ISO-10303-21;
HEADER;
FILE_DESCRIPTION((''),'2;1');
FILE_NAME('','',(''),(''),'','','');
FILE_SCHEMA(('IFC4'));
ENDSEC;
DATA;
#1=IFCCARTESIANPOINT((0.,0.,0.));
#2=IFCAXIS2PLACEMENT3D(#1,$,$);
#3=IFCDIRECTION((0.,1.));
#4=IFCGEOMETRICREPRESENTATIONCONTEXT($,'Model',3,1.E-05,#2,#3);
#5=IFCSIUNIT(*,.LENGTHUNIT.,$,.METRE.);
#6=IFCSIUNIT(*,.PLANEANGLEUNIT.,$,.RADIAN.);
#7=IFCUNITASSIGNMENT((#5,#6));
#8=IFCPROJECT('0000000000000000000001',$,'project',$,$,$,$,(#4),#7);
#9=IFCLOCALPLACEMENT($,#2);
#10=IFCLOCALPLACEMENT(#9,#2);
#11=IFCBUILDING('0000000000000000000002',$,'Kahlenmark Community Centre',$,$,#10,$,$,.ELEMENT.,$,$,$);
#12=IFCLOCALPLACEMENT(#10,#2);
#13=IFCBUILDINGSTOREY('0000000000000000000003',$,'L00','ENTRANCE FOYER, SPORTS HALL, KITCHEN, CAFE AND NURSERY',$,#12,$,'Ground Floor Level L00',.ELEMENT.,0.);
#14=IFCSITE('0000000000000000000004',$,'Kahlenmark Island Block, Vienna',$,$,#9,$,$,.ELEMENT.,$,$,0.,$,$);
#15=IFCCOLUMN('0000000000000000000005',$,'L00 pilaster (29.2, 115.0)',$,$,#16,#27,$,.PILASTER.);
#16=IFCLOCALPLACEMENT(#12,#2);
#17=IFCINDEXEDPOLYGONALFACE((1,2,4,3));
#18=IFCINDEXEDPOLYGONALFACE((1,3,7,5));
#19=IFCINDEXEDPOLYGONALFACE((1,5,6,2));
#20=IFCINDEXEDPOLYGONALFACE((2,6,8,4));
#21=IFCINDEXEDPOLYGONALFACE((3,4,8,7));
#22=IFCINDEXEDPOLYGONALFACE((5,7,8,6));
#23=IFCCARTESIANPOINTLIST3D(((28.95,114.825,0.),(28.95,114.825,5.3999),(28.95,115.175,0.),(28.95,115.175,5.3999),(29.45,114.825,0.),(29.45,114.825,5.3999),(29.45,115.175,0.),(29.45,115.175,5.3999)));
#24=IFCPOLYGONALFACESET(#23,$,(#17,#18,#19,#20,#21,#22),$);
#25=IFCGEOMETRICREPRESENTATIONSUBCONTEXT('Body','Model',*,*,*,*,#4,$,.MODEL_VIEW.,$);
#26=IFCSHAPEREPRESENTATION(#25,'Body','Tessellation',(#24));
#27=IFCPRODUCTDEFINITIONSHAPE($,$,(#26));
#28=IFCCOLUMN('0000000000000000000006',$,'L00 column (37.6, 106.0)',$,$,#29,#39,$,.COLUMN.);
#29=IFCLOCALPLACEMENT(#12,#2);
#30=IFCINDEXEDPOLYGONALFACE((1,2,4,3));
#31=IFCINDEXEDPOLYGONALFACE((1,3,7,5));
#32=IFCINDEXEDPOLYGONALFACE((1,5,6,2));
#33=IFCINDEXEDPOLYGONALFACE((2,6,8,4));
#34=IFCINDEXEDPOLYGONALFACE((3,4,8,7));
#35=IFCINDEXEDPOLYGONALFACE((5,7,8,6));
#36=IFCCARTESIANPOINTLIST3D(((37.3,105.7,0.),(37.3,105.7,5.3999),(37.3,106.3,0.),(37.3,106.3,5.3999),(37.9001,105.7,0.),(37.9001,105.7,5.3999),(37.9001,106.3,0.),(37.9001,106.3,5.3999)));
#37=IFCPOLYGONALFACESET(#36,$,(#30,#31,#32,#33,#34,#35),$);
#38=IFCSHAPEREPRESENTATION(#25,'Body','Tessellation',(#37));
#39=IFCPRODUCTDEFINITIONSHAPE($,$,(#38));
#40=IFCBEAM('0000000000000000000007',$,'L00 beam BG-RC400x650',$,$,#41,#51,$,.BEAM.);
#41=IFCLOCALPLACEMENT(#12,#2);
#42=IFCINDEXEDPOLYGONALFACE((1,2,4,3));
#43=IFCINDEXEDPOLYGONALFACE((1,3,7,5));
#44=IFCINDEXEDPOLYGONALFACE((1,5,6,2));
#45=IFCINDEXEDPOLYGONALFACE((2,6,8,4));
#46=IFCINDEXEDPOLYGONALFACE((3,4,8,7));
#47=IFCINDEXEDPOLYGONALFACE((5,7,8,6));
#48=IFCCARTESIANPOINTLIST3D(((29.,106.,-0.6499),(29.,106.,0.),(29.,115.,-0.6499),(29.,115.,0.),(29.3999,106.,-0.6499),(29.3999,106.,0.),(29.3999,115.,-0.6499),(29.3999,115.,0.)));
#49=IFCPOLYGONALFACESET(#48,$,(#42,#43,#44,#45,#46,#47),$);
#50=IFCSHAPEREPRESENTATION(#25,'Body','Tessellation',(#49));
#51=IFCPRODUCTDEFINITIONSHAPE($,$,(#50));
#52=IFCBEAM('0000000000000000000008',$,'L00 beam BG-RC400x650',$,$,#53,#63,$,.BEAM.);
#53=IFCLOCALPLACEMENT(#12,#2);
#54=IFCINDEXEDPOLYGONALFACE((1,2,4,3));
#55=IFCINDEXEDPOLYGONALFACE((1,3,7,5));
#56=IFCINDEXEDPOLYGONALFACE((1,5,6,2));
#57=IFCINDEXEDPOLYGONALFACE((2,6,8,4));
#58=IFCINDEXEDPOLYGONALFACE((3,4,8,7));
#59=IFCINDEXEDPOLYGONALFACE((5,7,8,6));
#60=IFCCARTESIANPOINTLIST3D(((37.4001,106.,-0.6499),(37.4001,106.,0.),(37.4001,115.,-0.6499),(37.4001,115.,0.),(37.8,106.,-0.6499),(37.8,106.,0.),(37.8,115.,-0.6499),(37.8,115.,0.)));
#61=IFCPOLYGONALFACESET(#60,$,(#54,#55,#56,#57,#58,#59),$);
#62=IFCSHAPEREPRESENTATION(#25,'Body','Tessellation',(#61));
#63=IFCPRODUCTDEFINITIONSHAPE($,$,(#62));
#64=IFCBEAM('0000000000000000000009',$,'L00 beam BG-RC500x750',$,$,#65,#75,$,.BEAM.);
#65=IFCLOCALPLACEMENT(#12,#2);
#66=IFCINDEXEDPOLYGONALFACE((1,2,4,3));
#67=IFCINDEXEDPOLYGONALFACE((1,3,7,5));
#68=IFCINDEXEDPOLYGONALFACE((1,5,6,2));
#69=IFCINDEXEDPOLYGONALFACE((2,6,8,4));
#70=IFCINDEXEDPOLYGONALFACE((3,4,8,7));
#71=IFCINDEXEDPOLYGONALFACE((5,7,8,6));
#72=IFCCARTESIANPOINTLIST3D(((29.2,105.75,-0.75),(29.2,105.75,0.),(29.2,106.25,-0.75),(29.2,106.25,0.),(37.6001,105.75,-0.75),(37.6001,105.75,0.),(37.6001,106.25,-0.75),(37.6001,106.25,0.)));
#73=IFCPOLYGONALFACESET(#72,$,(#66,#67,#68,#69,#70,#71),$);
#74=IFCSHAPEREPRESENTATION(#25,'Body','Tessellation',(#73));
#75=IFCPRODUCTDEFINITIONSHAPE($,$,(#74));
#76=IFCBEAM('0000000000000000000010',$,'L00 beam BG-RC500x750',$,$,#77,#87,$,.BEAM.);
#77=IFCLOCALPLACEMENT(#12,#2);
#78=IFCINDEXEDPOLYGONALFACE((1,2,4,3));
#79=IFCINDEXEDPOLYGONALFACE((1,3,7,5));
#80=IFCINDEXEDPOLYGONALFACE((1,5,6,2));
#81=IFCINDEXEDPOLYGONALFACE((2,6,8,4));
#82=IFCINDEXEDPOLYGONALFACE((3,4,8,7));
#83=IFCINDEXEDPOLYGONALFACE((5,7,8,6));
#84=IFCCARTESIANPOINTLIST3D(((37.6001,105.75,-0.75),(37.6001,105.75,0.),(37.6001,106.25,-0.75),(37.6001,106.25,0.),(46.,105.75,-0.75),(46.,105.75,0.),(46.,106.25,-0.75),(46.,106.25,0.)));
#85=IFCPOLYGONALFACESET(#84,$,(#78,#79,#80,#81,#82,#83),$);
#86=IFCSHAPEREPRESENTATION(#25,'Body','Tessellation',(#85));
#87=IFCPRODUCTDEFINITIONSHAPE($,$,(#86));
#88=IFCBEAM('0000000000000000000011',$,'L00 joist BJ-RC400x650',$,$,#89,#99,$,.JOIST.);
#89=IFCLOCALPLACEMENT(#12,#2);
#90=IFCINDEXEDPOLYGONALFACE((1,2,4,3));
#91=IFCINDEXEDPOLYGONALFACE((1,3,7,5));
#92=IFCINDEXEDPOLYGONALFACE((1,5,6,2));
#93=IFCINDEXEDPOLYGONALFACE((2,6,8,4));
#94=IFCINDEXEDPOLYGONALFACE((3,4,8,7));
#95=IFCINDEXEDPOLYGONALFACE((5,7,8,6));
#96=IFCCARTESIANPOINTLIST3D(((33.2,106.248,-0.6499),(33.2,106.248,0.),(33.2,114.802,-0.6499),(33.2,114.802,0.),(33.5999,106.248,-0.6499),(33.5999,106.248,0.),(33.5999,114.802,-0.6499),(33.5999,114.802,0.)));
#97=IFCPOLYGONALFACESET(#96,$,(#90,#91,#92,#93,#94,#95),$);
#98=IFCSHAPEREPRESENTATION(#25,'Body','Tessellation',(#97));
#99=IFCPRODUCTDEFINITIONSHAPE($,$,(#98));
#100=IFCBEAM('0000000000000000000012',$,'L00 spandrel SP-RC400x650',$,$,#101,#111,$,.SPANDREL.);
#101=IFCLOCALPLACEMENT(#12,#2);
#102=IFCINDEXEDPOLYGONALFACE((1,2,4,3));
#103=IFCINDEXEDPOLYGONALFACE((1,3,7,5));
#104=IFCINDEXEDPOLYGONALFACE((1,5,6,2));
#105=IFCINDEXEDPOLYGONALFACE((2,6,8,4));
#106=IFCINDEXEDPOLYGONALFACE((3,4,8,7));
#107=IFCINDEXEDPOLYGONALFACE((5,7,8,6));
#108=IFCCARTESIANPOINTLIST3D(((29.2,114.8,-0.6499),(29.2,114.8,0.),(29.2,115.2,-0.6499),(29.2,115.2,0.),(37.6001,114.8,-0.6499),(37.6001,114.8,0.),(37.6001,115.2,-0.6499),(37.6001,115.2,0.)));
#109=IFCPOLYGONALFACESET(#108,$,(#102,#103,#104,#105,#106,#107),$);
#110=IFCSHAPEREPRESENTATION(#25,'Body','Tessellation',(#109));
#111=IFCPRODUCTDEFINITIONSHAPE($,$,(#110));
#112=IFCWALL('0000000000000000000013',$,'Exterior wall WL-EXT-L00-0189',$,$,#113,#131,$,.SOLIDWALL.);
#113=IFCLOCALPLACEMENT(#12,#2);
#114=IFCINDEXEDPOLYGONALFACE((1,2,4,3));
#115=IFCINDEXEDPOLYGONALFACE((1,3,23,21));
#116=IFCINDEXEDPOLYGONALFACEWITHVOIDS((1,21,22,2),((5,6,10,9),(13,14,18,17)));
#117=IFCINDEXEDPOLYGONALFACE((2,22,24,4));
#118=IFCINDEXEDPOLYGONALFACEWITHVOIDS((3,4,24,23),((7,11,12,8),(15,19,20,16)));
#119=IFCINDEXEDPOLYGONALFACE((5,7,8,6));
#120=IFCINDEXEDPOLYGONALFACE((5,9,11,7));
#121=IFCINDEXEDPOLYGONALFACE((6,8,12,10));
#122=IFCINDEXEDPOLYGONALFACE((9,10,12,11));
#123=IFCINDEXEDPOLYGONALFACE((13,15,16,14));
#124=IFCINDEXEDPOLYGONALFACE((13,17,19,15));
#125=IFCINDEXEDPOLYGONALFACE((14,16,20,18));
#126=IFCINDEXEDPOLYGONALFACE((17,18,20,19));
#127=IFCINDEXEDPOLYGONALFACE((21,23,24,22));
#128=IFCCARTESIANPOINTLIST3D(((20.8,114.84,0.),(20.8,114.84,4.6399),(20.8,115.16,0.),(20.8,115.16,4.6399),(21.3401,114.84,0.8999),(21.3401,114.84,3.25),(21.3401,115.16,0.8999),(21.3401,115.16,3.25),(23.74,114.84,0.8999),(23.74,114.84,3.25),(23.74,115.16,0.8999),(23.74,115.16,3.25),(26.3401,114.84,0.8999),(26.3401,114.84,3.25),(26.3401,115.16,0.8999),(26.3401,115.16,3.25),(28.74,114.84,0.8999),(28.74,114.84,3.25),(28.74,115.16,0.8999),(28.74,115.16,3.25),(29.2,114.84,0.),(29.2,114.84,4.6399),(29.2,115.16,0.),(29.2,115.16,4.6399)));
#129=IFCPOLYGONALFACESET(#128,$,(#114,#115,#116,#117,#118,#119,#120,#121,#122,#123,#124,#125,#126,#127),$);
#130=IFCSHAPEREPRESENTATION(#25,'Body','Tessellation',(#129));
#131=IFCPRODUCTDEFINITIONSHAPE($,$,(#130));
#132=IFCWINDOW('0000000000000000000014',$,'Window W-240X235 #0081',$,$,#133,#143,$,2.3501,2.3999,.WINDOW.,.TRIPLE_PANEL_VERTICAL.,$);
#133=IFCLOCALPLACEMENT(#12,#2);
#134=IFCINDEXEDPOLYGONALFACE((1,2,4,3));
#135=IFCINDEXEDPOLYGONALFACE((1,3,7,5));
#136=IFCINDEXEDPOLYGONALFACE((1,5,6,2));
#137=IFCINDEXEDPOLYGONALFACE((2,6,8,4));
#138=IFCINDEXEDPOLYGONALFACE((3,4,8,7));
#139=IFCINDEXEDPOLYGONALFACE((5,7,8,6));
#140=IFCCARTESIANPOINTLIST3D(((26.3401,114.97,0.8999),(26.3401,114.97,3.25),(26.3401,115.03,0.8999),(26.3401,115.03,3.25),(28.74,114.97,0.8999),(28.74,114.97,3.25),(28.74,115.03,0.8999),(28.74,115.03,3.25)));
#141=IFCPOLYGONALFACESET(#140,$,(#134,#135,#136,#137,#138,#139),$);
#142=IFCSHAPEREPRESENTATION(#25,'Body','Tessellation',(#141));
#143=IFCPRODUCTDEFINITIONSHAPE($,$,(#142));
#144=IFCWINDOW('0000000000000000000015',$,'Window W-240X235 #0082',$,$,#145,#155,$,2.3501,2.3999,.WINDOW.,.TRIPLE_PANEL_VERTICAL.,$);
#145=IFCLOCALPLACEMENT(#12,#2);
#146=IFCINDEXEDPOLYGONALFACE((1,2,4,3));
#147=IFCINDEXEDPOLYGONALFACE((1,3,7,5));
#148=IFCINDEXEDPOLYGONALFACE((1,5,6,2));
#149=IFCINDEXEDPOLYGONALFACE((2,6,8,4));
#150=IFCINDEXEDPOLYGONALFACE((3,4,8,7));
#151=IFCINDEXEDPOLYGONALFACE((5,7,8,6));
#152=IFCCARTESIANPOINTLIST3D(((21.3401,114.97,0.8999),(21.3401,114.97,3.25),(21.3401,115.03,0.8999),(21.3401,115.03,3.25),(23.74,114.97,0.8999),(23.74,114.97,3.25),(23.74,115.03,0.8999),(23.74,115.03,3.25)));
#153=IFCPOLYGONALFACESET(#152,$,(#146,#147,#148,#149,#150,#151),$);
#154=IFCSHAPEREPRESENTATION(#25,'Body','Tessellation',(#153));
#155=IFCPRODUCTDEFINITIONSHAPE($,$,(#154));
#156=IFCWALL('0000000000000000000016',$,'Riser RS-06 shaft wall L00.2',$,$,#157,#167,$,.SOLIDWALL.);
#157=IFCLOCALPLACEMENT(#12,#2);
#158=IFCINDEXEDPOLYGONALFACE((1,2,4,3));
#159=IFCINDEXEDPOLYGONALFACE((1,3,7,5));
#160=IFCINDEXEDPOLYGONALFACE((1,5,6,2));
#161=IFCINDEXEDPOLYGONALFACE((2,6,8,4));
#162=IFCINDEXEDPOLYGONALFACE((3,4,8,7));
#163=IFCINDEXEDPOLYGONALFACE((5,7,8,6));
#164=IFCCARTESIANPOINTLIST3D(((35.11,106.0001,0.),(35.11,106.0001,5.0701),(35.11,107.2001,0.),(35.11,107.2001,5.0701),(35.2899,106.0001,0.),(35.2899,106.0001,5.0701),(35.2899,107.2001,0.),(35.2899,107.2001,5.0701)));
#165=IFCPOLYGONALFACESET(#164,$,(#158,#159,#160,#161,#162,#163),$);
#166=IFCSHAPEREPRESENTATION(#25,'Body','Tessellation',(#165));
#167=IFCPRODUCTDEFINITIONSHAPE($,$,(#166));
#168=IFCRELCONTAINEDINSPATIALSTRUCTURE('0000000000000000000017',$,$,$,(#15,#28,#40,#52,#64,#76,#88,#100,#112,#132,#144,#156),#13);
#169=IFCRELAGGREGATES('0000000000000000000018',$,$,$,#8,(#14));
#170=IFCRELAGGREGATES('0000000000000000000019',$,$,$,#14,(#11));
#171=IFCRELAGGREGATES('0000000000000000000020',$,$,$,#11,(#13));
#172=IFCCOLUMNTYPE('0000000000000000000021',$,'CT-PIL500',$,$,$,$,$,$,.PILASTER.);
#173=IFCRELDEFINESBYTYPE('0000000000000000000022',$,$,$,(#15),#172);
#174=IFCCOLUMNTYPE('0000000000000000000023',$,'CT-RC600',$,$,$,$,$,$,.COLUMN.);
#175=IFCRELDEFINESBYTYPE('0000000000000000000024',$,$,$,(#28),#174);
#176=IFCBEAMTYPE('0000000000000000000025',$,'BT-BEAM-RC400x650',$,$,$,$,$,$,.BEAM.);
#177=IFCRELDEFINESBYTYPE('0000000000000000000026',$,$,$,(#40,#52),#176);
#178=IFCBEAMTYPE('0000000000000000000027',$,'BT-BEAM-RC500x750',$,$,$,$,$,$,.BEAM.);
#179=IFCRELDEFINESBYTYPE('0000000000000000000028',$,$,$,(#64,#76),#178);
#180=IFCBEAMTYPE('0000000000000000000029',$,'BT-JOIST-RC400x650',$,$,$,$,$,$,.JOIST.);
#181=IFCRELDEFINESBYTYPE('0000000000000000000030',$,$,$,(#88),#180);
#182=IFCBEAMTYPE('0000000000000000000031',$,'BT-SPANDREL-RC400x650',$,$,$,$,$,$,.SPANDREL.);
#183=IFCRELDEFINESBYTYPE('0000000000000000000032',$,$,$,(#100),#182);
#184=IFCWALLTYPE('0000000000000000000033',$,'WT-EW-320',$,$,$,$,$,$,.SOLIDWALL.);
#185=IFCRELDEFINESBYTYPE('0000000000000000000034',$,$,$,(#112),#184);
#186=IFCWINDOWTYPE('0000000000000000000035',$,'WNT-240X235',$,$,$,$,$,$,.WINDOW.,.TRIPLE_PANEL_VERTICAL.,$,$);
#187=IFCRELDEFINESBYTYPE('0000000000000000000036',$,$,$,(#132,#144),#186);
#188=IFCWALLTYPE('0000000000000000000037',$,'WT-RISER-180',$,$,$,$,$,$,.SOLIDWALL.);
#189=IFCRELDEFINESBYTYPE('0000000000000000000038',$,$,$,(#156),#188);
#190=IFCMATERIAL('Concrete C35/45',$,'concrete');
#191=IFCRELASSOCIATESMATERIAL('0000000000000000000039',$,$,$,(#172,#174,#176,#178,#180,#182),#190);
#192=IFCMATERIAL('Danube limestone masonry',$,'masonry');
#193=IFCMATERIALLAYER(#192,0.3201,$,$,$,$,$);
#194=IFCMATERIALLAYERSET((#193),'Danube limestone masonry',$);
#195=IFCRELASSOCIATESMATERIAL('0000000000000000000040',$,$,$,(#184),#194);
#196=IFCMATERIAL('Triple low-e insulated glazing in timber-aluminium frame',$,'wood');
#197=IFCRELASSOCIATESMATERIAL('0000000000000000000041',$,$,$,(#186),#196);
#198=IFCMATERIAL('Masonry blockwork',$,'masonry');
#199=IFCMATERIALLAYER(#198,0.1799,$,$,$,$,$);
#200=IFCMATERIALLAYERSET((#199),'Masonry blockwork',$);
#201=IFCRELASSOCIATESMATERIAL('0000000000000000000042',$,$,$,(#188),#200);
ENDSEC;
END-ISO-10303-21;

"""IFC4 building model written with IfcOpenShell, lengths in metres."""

from ifc_helpers import new_model, si_unit, direction, frame, frame_2d, origin, origin_2d, place, context, subcontext, project, spatial, rectangle, extrude, material, layer, layer_set, material_profile, profile_set, type_object, element, fill, save


model = new_model("IFC4")

# Units and contexts
model_context = context("Model", 3, precision=1e-05, world=origin(), true_north=direction((0.0, 1.0)))
body_context = subcontext(model_context, "Body", "Model", "MODEL_VIEW")
ifc_project = project(units=[si_unit("LENGTHUNIT", "METRE"), si_unit("PLANEANGLEUNIT", "RADIAN")], contexts=[model_context])

# Site, building, storey
site_placement = place(None, origin())
site = spatial("IfcSite", under=ifc_project, at=site_placement, Name="Kahlenmark Island Block, Vienna", CompositionType="ELEMENT", RefElevation=0.0)
building_placement = place(site_placement, origin())
building = spatial("IfcBuilding", under=site, at=building_placement, Name="Kahlenmark Community Centre", CompositionType="ELEMENT")
storey_placement = place(building_placement, origin())
storey = spatial("IfcBuildingStorey", under=building, at=storey_placement, Name="L00", Description="ENTRANCE FOYER, SPORTS HALL, KITCHEN, CAFE AND NURSERY", LongName="Ground Floor Level L00", CompositionType="ELEMENT", Elevation=0.0)

# Columns
ifc_material_1 = material(Name="Concrete C35/45", Category="concrete")
ifc_material_profile_1 = material_profile(ifc_material_1, rectangle(XDim=0.5, YDim=0.3501, at=origin_2d()), Name="RC 500x350")
ifc_profile_set_1 = profile_set([ifc_material_profile_1], Name="Concrete C35/45")
column_type_1 = type_object("IfcColumnType", Name="CT-PIL500", PredefinedType="PILASTER", material=ifc_profile_set_1)
column_1_placement = place(storey_placement, frame((29.2, 115.0, 0.0), z_axis=(0.0, 0.0, 1.0), x_axis=(1.0, 0.0, 0.0)))
element("IfcColumn", 1, at=column_1_placement, inside=storey, type_object=column_type_1, Name="L00 pilaster (29.2, 115.0)", PredefinedType="PILASTER", context=body_context, shape_type="SweptSolid", body=[
    extrude(rectangle(XDim=0.5, YDim=0.3501, at=origin_2d()), origin(), (0.0, 0.0, 1.0), 5.3999),
])
ifc_material_profile_2 = material_profile(ifc_material_1, rectangle(XDim=0.6001, YDim=0.6001, at=origin_2d()), Name="RC 600x600")
ifc_profile_set_2 = profile_set([ifc_material_profile_2], Name="Concrete C35/45")
column_type_2 = type_object("IfcColumnType", Name="CT-RC600", PredefinedType="COLUMN", material=ifc_profile_set_2)
column_2_placement = place(storey_placement, frame((37.6001, 106.0, 0.0), z_axis=(0.0, 0.0, 1.0), x_axis=(1.0, 0.0, 0.0)))
element("IfcColumn", 2, at=column_2_placement, inside=storey, type_object=column_type_2, Name="L00 column (37.6, 106.0)", PredefinedType="COLUMN", context=body_context, shape_type="SweptSolid", body=[
    extrude(rectangle(XDim=0.6001, YDim=0.6001, at=origin_2d()), origin(), (0.0, 0.0, 1.0), 5.3999),
])

# Beams
ifc_material_profile_3 = material_profile(ifc_material_1, rectangle(XDim=0.3999, YDim=0.6499, at=origin_2d()), Name="RC 400x650")
ifc_profile_set_3 = profile_set([ifc_material_profile_3], Name="Concrete C35/45")
beam_type_1 = type_object("IfcBeamType", Name="BT-BEAM-RC400x650", PredefinedType="BEAM", material=ifc_profile_set_3)
for number, where, z_axis, x_axis, name in (
    (3, (29.2, 106.0, -0.325), (0.0, 1.0, 0.0), (-1.0, 0.0, 0.0), "L00 beam BG-RC400x650"),
    (4, (37.6001, 106.0, -0.325), (0.0, 1.0, 0.0), (-1.0, 0.0, 0.0), "L00 beam BG-RC400x650"),
):
    element("IfcBeam", number, at=place(storey_placement, frame(where, z_axis=z_axis, x_axis=x_axis)), inside=storey, type_object=beam_type_1, Name=name, PredefinedType="BEAM", context=body_context, shape_type="SweptSolid", body=[
        extrude(rectangle(XDim=0.3999, YDim=0.6499, at=origin_2d()), origin(), (0.0, 0.0, 1.0), 9.0),
    ])
ifc_material_profile_4 = material_profile(ifc_material_1, rectangle(XDim=0.5, YDim=0.75, at=origin_2d()), Name="RC 500x750")
ifc_profile_set_4 = profile_set([ifc_material_profile_4], Name="Concrete C35/45")
beam_type_2 = type_object("IfcBeamType", Name="BT-BEAM-RC500x750", PredefinedType="BEAM", material=ifc_profile_set_4)
beam_1_placement = place(storey_placement, frame((29.2, 106.0, -0.375), z_axis=(1.0, 0.0, 0.0), x_axis=(0.0, 1.0, 0.0)))
element("IfcBeam", 5, at=beam_1_placement, inside=storey, type_object=beam_type_2, Name="L00 beam BG-RC500x750", PredefinedType="BEAM", context=body_context, shape_type="SweptSolid", body=[
    extrude(rectangle(XDim=0.5, YDim=0.75, at=origin_2d()), origin(), (0.0, 0.0, 1.0), 8.4001),
])
beam_2_placement = place(storey_placement, frame((37.6001, 106.0, -0.375), z_axis=(1.0, 0.0, 0.0), x_axis=(0.0, 1.0, 0.0)))
element("IfcBeam", 6, at=beam_2_placement, inside=storey, type_object=beam_type_2, Name="L00 beam BG-RC500x750", PredefinedType="BEAM", context=body_context, shape_type="SweptSolid", body=[
    extrude(rectangle(XDim=0.5, YDim=0.75, at=origin_2d()), origin(), (0.0, 0.0, 1.0), 8.3999),
])
ifc_material_profile_5 = material_profile(ifc_material_1, rectangle(XDim=0.3999, YDim=0.6499, at=origin_2d()), Name="RC 400x650")
ifc_profile_set_5 = profile_set([ifc_material_profile_5], Name="Concrete C35/45")
beam_type_3 = type_object("IfcBeamType", Name="BT-JOIST-RC400x650", PredefinedType="JOIST", material=ifc_profile_set_5)
beam_3_placement = place(storey_placement, frame((33.3999, 106.248, -0.325), z_axis=(0.0, 1.0, 0.0), x_axis=(-1.0, 0.0, 0.0)))
element("IfcBeam", 7, at=beam_3_placement, inside=storey, type_object=beam_type_3, Name="L00 joist BJ-RC400x650", PredefinedType="JOIST", context=body_context, shape_type="SweptSolid", body=[
    extrude(rectangle(XDim=0.3999, YDim=0.6499, at=origin_2d()), origin(), (0.0, 0.0, 1.0), 8.554),
])
ifc_material_profile_6 = material_profile(ifc_material_1, rectangle(XDim=0.3999, YDim=0.6499, at=origin_2d()), Name="RC 400x650")
ifc_profile_set_6 = profile_set([ifc_material_profile_6], Name="Concrete C35/45")
beam_type_4 = type_object("IfcBeamType", Name="BT-SPANDREL-RC400x650", PredefinedType="SPANDREL", material=ifc_profile_set_6)
beam_4_placement = place(storey_placement, frame((29.2, 115.0, -0.325), z_axis=(1.0, 0.0, 0.0), x_axis=(0.0, 1.0, 0.0)))
element("IfcBeam", 8, at=beam_4_placement, inside=storey, type_object=beam_type_4, Name="L00 spandrel SP-RC400x650", PredefinedType="SPANDREL", context=body_context, shape_type="SweptSolid", body=[
    extrude(rectangle(XDim=0.3999, YDim=0.6499, at=origin_2d()), origin(), (0.0, 0.0, 1.0), 8.4001),
])

# Wall, openings, windows
ifc_material_2 = material(Name="Danube limestone masonry", Category="masonry")
ifc_layer_1 = layer(ifc_material_2, 0.3201)
ifc_layer_set_1 = layer_set([ifc_layer_1], Name="Danube limestone masonry")
wall_type_1 = type_object("IfcWallType", Name="WT-EW-320", PredefinedType="SOLIDWALL", material=ifc_layer_set_1)
wall_1_placement = place(storey_placement, frame((29.2, 115.0, 0.0), z_axis=(0.0, 0.0, 1.0), x_axis=(-1.0, 0.0, 0.0)))
wall_1 = element("IfcWall", 9, at=wall_1_placement, inside=storey, type_object=wall_type_1, Name="Exterior wall WL-EXT-L00-0189", PredefinedType="SOLIDWALL", context=body_context, shape_type="SweptSolid", body=[
    extrude(rectangle(XDim=8.3999, YDim=0.3201, at=frame_2d((4.2, 0.0))), origin(), (0.0, 0.0, 1.0), 4.6399),
])
opening_1_placement = place(wall_1_placement, frame((0.46, 0.0, 0.8999)))
opening_1 = element("IfcOpeningElement", 10, at=opening_1_placement, cuts=wall_1, PredefinedType="OPENING", context=body_context, shape_type="SweptSolid", body=[
    extrude(rectangle(XDim=2.3999, YDim=2.3501, at=frame_2d((1.2, 1.175))), frame((0.0, 0.1699, 0.0), z_axis=(0.0, -1.0, 0.0), x_axis=(1.0, 0.0, 0.0)), (0.0, 0.0, 1.0), 0.3401),
])
opening_2_placement = place(wall_1_placement, frame((5.46, 0.0, 0.8999)))
opening_2 = element("IfcOpeningElement", 11, at=opening_2_placement, cuts=wall_1, PredefinedType="OPENING", context=body_context, shape_type="SweptSolid", body=[
    extrude(rectangle(XDim=2.3999, YDim=2.3501, at=frame_2d((1.2, 1.175))), frame((0.0, 0.1699, 0.0), z_axis=(0.0, -1.0, 0.0), x_axis=(1.0, 0.0, 0.0)), (0.0, 0.0, 1.0), 0.3401),
])
ifc_material_3 = material(Name="Triple low-e insulated glazing in timber-aluminium frame", Category="wood")
window_type = type_object("IfcWindowType", Name="WNT-240X235", PartitioningType="TRIPLE_PANEL_VERTICAL", PredefinedType="WINDOW", material=ifc_material_3)
window_1_placement = place(opening_1_placement, origin())
window_1 = element("IfcWindow", 12, at=window_1_placement, inside=storey, type_object=window_type, Name="Window W-240X235 #0081", OverallHeight=2.3501, OverallWidth=2.3999, PartitioningType="TRIPLE_PANEL_VERTICAL", PredefinedType="WINDOW", context=body_context, shape_type="SweptSolid", body=[
    extrude(rectangle(XDim=2.3999, YDim=2.3501, at=frame_2d((1.2, 1.175))), frame((0.0, 0.03, 0.0), z_axis=(0.0, -1.0, 0.0), x_axis=(1.0, 0.0, 0.0)), (0.0, 0.0, 1.0), 0.0601),
])
fill(opening_1, window_1)
window_2_placement = place(opening_2_placement, origin())
window_2 = element("IfcWindow", 13, at=window_2_placement, inside=storey, type_object=window_type, Name="Window W-240X235 #0082", OverallHeight=2.3501, OverallWidth=2.3999, PartitioningType="TRIPLE_PANEL_VERTICAL", PredefinedType="WINDOW", context=body_context, shape_type="SweptSolid", body=[
    extrude(rectangle(XDim=2.3999, YDim=2.3501, at=frame_2d((1.2, 1.175))), frame((0.0, 0.03, 0.0), z_axis=(0.0, -1.0, 0.0), x_axis=(1.0, 0.0, 0.0)), (0.0, 0.0, 1.0), 0.0601),
])
fill(opening_2, window_2)

# Shared definitions
ifc_material_4 = material(Name="Masonry blockwork", Category="masonry")
ifc_layer_2 = layer(ifc_material_4, 0.1799)
ifc_layer_set_2 = layer_set([ifc_layer_2], Name="Masonry blockwork")
wall_type_2 = type_object("IfcWallType", Name="WT-RISER-180", PredefinedType="SOLIDWALL", material=ifc_layer_set_2)

# Wall
for number, where, z_axis, x_axis, name in (
    (14, (35.2, 106.0, 0.0), (0.0, 0.0, 1.0), (0.0, 1.0, 0.0), "Riser RS-06 shaft wall L00.2"),
):
    element("IfcWall", number, at=place(storey_placement, frame(where, z_axis=z_axis, x_axis=x_axis)), inside=storey, type_object=wall_type_2, Name=name, PredefinedType="SOLIDWALL", context=body_context, shape_type="SweptSolid", body=[
        extrude(rectangle(XDim=1.2, YDim=0.1799, at=frame_2d((0.6001, 0.0))), origin(), (0.0, 0.0, 1.0), 5.0701),
    ])

save(model, "model.ifc")
